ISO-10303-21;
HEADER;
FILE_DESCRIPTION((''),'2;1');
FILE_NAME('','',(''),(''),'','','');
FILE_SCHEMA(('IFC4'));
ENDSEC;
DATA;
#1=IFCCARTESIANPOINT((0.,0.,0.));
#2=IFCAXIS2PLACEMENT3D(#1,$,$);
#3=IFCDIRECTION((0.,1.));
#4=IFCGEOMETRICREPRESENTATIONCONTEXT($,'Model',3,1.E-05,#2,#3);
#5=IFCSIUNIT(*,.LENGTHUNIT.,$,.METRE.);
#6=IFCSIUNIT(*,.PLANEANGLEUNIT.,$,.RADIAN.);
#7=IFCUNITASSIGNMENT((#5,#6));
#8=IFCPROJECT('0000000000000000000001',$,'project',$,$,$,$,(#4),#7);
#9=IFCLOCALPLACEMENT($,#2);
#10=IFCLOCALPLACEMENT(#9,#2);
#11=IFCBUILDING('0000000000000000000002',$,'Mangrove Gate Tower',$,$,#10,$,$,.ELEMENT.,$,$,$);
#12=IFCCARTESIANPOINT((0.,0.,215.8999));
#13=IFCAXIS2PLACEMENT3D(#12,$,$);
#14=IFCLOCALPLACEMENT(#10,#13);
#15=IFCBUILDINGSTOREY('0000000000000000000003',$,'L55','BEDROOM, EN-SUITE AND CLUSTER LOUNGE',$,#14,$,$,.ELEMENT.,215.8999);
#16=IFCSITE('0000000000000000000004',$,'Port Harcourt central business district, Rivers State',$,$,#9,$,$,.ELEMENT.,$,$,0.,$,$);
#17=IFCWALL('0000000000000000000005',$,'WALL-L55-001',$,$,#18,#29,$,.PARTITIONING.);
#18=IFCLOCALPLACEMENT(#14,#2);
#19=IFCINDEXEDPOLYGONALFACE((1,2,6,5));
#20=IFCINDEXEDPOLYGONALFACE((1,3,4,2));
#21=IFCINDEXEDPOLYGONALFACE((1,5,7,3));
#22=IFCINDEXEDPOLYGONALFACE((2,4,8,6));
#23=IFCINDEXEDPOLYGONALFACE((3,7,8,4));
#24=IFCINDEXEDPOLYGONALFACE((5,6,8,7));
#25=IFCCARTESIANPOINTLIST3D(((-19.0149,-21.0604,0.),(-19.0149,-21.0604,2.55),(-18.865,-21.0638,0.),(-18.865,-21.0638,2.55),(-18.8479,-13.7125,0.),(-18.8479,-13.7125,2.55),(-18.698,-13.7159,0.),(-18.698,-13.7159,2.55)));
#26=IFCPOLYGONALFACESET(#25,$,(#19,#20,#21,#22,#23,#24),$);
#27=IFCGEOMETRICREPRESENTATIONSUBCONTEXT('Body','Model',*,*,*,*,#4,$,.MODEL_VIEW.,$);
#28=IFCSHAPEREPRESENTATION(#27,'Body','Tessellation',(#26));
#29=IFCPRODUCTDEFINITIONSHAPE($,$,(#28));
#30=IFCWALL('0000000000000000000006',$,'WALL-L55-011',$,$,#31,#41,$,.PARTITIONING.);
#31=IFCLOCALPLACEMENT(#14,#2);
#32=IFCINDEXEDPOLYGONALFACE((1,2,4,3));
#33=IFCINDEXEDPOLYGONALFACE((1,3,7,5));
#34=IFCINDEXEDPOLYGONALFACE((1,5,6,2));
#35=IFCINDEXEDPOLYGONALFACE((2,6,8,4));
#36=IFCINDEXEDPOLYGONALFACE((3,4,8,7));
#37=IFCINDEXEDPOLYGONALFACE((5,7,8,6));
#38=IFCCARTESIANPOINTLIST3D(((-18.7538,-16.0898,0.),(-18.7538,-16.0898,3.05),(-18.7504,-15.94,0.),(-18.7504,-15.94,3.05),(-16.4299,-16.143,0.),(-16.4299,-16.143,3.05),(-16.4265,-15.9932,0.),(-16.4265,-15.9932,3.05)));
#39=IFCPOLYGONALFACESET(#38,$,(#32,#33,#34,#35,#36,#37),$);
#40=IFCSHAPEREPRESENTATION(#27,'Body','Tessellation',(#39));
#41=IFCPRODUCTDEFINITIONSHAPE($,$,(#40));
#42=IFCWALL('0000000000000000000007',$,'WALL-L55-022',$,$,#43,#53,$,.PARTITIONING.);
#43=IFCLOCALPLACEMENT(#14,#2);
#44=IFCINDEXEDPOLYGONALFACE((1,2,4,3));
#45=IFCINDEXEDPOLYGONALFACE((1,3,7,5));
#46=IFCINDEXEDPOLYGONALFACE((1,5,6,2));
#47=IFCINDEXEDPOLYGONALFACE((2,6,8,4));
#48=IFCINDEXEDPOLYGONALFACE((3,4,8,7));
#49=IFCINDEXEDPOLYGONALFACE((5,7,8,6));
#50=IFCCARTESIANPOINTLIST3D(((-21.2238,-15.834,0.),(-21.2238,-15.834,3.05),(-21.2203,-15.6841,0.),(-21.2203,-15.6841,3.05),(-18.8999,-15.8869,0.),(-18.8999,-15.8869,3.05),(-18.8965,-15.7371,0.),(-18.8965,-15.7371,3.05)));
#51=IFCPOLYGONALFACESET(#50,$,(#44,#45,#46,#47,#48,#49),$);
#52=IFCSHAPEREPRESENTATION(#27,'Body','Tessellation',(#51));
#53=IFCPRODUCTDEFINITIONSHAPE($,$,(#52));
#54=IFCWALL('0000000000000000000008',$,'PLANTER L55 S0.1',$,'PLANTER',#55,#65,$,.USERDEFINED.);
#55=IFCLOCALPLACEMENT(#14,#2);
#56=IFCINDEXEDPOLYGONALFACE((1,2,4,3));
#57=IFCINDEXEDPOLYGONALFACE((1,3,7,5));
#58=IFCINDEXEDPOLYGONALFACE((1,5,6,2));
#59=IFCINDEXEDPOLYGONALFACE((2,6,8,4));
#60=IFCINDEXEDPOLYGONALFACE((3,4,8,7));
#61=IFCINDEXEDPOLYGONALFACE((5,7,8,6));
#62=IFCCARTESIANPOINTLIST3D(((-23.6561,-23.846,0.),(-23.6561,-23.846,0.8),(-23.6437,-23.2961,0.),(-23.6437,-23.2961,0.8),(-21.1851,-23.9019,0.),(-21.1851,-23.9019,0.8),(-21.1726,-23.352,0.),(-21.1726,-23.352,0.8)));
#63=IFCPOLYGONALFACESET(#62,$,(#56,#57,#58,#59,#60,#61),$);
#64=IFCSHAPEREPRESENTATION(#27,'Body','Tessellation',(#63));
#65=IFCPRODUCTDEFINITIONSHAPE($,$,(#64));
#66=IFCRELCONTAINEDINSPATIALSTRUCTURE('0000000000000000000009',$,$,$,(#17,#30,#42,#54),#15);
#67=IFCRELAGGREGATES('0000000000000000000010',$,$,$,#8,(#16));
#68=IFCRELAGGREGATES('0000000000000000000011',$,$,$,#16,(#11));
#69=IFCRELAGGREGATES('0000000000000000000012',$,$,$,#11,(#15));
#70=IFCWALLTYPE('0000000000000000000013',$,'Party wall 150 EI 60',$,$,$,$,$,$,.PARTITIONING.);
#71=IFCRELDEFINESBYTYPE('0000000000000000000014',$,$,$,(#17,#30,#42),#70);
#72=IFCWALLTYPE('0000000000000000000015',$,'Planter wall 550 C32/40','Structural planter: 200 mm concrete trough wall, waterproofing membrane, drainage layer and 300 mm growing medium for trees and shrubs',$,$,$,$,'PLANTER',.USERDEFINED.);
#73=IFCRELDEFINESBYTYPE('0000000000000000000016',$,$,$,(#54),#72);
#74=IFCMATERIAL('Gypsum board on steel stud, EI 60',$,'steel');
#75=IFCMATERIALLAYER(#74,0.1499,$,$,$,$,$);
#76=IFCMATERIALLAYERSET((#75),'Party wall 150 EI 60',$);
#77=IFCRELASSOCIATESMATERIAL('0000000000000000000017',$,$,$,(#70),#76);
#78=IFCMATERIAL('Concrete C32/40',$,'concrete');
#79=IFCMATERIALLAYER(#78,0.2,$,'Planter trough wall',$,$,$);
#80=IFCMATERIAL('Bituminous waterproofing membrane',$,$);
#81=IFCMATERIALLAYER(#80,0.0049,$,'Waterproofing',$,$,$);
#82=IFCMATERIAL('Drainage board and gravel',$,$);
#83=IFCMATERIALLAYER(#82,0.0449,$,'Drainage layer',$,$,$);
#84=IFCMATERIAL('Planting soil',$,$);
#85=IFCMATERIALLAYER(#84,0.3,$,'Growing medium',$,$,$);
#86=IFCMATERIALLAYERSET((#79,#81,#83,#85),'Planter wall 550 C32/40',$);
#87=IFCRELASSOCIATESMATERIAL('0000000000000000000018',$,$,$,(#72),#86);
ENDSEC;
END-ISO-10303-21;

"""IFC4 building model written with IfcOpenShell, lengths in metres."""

from ifc_helpers import new_model, si_unit, direction, frame, frame_2d, origin, place, context, subcontext, project, spatial, rectangle, extrude, material, layer, layer_set, type_object, element, save


model = new_model("IFC4")

# Units and contexts
model_context = context("Model", 3, precision=1e-05, world=origin(), true_north=direction((0.0, 1.0)))
body_context = subcontext(model_context, "Body", "Model", "MODEL_VIEW")
ifc_project = project(units=[si_unit("LENGTHUNIT", "METRE"), si_unit("PLANEANGLEUNIT", "RADIAN")], contexts=[model_context])

# Site, building, storey
site_placement = place(None, origin())
site = spatial("IfcSite", under=ifc_project, at=site_placement, Name="Port Harcourt central business district, Rivers State", CompositionType="ELEMENT", RefElevation=0.0)
building_placement = place(site_placement, origin())
building = spatial("IfcBuilding", under=site, at=building_placement, Name="Mangrove Gate Tower", CompositionType="ELEMENT")
storey_placement = place(building_placement, frame((0.0, 0.0, 215.8999)))
storey = spatial("IfcBuildingStorey", under=building, at=storey_placement, Name="L55", Description="BEDROOM, EN-SUITE AND CLUSTER LOUNGE", CompositionType="ELEMENT", Elevation=215.8999)

# Walls
ifc_material_1 = material(Name="Gypsum board on steel stud, EI 60", Category="steel")
ifc_layer_1 = layer(ifc_material_1, 0.1499)
ifc_layer_set_1 = layer_set([ifc_layer_1], Name="Party wall 150 EI 60")
wall_type_1 = type_object("IfcWallType", Name="Party wall 150 EI 60", PredefinedType="PARTITIONING", material=ifc_layer_set_1)
wall_1_placement = place(storey_placement, frame((-18.9399, -21.062, 0.0), z_axis=(0.0, 0.0, 1.0), x_axis=(0.022721, 0.999742, 0.0)))
element("IfcWall", 1, at=wall_1_placement, inside=storey, type_object=wall_type_1, Name="WALL-L55-001", PredefinedType="PARTITIONING", context=body_context, shape_type="SweptSolid", body=[
    extrude(rectangle(XDim=7.3499, YDim=0.1499, at=frame_2d((3.6748, 0.0))), origin(), (0.0, 0.0, 1.0), 2.55),
])
for number, where, z_axis, x_axis, name in (
    (2, (-18.752, -16.0149, 0.0), (0.0, 0.0, 1.0), (0.999738, -0.022896, 0.0), "WALL-L55-011"),
    (3, (-21.2219, -15.759, 0.0), (0.0, 0.0, 1.0), (0.99974, -0.022791, 0.0), "WALL-L55-022"),
):
    element("IfcWall", number, at=place(storey_placement, frame(where, z_axis=z_axis, x_axis=x_axis)), inside=storey, type_object=wall_type_1, Name=name, PredefinedType="PARTITIONING", context=body_context, shape_type="SweptSolid", body=[
        extrude(rectangle(XDim=2.3245, YDim=0.1499, at=frame_2d((1.1621, 0.0))), origin(), (0.0, 0.0, 1.0), 3.05),
    ])
ifc_material_2 = material(Name="Concrete C32/40", Category="concrete")
ifc_layer_2 = layer(ifc_material_2, 0.2, Name="Planter trough wall")
ifc_material_3 = material(Name="Bituminous waterproofing membrane")
ifc_layer_3 = layer(ifc_material_3, 0.0049, Name="Waterproofing")
ifc_material_4 = material(Name="Drainage board and gravel")
ifc_layer_4 = layer(ifc_material_4, 0.0449, Name="Drainage layer")
ifc_material_5 = material(Name="Planting soil")
ifc_layer_5 = layer(ifc_material_5, 0.3, Name="Growing medium")
ifc_layer_set_2 = layer_set([ifc_layer_2, ifc_layer_3, ifc_layer_4, ifc_layer_5], Name="Planter wall 550 C32/40")
wall_type_2 = type_object("IfcWallType", Name="Planter wall 550 C32/40", Description="Structural planter: 200 mm concrete trough wall, waterproofing membrane, drainage layer and 300 mm growing medium for trees and shrubs", ElementType="PLANTER", PredefinedType="USERDEFINED", material=ifc_layer_set_2)
wall_2_placement = place(storey_placement, frame((-23.6499, -23.571, 0.0), z_axis=(0.0, 0.0, 1.0), x_axis=(0.999744, -0.02262, 0.0)))
element("IfcWall", 4, at=wall_2_placement, inside=storey, type_object=wall_type_2, Name="PLANTER L55 S0.1", ObjectType="PLANTER", PredefinedType="USERDEFINED", context=body_context, shape_type="SweptSolid", body=[
    extrude(rectangle(XDim=2.4717, YDim=0.55, at=frame_2d((1.2358, 0.0))), origin(), (0.0, 0.0, 1.0), 0.8),
])

save(model, "model.ifc")
